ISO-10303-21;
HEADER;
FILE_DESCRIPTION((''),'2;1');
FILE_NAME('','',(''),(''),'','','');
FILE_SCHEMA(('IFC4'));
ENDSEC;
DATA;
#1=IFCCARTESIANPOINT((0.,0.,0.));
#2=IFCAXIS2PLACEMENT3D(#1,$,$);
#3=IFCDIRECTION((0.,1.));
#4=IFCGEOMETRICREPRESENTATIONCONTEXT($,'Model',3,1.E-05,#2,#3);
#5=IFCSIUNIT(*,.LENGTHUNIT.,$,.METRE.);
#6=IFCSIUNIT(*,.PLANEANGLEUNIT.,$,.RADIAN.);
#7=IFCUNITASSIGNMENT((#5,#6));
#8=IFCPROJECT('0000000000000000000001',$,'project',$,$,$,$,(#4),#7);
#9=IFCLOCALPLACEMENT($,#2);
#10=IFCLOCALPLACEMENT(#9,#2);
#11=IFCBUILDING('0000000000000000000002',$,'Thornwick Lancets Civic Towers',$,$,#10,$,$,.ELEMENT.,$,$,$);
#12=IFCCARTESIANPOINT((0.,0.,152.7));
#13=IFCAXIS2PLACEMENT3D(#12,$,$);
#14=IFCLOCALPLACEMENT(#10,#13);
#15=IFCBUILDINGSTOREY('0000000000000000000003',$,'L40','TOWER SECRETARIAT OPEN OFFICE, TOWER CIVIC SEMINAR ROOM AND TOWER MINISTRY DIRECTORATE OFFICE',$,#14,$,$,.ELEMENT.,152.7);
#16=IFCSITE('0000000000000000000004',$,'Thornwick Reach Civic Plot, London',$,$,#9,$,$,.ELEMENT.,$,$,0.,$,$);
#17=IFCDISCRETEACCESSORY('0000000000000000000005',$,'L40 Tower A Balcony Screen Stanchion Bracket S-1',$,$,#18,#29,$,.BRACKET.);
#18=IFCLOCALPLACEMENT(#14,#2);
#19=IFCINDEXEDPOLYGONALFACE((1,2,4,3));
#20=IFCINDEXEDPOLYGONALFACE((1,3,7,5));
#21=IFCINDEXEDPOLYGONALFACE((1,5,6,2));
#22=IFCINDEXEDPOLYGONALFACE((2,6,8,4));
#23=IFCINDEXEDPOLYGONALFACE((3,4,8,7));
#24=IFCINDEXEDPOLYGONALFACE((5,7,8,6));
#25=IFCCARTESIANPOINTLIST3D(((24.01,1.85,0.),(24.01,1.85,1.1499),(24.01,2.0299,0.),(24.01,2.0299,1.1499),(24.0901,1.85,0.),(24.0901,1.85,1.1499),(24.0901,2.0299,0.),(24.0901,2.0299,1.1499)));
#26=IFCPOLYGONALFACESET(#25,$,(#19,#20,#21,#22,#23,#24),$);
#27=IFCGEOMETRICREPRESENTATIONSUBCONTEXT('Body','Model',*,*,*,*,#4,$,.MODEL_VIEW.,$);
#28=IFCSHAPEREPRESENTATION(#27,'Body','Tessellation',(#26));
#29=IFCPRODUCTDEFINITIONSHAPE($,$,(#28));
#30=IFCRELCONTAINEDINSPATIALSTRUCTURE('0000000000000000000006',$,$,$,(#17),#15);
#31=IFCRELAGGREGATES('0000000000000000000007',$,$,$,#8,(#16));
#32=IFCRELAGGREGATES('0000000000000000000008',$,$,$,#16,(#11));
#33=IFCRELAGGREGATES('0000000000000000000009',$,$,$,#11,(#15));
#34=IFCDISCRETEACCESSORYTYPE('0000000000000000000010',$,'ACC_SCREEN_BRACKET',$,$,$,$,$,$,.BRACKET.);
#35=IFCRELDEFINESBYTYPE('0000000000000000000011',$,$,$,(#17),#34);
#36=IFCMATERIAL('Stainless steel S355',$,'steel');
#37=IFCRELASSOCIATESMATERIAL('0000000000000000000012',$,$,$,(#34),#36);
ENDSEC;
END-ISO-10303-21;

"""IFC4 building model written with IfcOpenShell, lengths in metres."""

from ifc_helpers import new_model, si_unit, direction, frame, origin, origin_2d, place, context, subcontext, project, spatial, rectangle, extrude, material, type_object, element, save


model = new_model("IFC4")

# Units and contexts
model_context = context("Model", 3, precision=1e-05, world=origin(), true_north=direction((0.0, 1.0)))
body_context = subcontext(model_context, "Body", "Model", "MODEL_VIEW")
ifc_project = project(units=[si_unit("LENGTHUNIT", "METRE"), si_unit("PLANEANGLEUNIT", "RADIAN")], contexts=[model_context])

# Site, building, storey
site_placement = place(None, origin())
site = spatial("IfcSite", under=ifc_project, at=site_placement, Name="Thornwick Reach Civic Plot, London", CompositionType="ELEMENT", RefElevation=0.0)
building_placement = place(site_placement, origin())
building = spatial("IfcBuilding", under=site, at=building_placement, Name="Thornwick Lancets Civic Towers", CompositionType="ELEMENT")
storey_placement = place(building_placement, frame((0.0, 0.0, 152.7)))
storey = spatial("IfcBuildingStorey", under=building, at=storey_placement, Name="L40", Description="TOWER SECRETARIAT OPEN OFFICE, TOWER CIVIC SEMINAR ROOM AND TOWER MINISTRY DIRECTORATE OFFICE", CompositionType="ELEMENT", Elevation=152.7)

# Discrete accessory
ifc_material_1 = material(Name="Stainless steel S355", Category="steel")
discrete_accessory_type = type_object("IfcDiscreteAccessoryType", Name="ACC_SCREEN_BRACKET", PredefinedType="BRACKET", material=ifc_material_1)
discrete_accessory_placement = place(storey_placement, frame((24.05, 1.9399, 0.0), z_axis=(0.0, 0.0, 1.0), x_axis=(1.0, 0.0, 0.0)))
element("IfcDiscreteAccessory", 1, at=discrete_accessory_placement, inside=storey, type_object=discrete_accessory_type, Name="L40 Tower A Balcony Screen Stanchion Bracket S-1", PredefinedType="BRACKET", context=body_context, shape_type="SweptSolid", body=[
    extrude(rectangle(XDim=0.0801, YDim=0.1799, at=origin_2d()), origin(), (0.0, 0.0, 1.0), 1.1499),
])

save(model, "model.ifc")
